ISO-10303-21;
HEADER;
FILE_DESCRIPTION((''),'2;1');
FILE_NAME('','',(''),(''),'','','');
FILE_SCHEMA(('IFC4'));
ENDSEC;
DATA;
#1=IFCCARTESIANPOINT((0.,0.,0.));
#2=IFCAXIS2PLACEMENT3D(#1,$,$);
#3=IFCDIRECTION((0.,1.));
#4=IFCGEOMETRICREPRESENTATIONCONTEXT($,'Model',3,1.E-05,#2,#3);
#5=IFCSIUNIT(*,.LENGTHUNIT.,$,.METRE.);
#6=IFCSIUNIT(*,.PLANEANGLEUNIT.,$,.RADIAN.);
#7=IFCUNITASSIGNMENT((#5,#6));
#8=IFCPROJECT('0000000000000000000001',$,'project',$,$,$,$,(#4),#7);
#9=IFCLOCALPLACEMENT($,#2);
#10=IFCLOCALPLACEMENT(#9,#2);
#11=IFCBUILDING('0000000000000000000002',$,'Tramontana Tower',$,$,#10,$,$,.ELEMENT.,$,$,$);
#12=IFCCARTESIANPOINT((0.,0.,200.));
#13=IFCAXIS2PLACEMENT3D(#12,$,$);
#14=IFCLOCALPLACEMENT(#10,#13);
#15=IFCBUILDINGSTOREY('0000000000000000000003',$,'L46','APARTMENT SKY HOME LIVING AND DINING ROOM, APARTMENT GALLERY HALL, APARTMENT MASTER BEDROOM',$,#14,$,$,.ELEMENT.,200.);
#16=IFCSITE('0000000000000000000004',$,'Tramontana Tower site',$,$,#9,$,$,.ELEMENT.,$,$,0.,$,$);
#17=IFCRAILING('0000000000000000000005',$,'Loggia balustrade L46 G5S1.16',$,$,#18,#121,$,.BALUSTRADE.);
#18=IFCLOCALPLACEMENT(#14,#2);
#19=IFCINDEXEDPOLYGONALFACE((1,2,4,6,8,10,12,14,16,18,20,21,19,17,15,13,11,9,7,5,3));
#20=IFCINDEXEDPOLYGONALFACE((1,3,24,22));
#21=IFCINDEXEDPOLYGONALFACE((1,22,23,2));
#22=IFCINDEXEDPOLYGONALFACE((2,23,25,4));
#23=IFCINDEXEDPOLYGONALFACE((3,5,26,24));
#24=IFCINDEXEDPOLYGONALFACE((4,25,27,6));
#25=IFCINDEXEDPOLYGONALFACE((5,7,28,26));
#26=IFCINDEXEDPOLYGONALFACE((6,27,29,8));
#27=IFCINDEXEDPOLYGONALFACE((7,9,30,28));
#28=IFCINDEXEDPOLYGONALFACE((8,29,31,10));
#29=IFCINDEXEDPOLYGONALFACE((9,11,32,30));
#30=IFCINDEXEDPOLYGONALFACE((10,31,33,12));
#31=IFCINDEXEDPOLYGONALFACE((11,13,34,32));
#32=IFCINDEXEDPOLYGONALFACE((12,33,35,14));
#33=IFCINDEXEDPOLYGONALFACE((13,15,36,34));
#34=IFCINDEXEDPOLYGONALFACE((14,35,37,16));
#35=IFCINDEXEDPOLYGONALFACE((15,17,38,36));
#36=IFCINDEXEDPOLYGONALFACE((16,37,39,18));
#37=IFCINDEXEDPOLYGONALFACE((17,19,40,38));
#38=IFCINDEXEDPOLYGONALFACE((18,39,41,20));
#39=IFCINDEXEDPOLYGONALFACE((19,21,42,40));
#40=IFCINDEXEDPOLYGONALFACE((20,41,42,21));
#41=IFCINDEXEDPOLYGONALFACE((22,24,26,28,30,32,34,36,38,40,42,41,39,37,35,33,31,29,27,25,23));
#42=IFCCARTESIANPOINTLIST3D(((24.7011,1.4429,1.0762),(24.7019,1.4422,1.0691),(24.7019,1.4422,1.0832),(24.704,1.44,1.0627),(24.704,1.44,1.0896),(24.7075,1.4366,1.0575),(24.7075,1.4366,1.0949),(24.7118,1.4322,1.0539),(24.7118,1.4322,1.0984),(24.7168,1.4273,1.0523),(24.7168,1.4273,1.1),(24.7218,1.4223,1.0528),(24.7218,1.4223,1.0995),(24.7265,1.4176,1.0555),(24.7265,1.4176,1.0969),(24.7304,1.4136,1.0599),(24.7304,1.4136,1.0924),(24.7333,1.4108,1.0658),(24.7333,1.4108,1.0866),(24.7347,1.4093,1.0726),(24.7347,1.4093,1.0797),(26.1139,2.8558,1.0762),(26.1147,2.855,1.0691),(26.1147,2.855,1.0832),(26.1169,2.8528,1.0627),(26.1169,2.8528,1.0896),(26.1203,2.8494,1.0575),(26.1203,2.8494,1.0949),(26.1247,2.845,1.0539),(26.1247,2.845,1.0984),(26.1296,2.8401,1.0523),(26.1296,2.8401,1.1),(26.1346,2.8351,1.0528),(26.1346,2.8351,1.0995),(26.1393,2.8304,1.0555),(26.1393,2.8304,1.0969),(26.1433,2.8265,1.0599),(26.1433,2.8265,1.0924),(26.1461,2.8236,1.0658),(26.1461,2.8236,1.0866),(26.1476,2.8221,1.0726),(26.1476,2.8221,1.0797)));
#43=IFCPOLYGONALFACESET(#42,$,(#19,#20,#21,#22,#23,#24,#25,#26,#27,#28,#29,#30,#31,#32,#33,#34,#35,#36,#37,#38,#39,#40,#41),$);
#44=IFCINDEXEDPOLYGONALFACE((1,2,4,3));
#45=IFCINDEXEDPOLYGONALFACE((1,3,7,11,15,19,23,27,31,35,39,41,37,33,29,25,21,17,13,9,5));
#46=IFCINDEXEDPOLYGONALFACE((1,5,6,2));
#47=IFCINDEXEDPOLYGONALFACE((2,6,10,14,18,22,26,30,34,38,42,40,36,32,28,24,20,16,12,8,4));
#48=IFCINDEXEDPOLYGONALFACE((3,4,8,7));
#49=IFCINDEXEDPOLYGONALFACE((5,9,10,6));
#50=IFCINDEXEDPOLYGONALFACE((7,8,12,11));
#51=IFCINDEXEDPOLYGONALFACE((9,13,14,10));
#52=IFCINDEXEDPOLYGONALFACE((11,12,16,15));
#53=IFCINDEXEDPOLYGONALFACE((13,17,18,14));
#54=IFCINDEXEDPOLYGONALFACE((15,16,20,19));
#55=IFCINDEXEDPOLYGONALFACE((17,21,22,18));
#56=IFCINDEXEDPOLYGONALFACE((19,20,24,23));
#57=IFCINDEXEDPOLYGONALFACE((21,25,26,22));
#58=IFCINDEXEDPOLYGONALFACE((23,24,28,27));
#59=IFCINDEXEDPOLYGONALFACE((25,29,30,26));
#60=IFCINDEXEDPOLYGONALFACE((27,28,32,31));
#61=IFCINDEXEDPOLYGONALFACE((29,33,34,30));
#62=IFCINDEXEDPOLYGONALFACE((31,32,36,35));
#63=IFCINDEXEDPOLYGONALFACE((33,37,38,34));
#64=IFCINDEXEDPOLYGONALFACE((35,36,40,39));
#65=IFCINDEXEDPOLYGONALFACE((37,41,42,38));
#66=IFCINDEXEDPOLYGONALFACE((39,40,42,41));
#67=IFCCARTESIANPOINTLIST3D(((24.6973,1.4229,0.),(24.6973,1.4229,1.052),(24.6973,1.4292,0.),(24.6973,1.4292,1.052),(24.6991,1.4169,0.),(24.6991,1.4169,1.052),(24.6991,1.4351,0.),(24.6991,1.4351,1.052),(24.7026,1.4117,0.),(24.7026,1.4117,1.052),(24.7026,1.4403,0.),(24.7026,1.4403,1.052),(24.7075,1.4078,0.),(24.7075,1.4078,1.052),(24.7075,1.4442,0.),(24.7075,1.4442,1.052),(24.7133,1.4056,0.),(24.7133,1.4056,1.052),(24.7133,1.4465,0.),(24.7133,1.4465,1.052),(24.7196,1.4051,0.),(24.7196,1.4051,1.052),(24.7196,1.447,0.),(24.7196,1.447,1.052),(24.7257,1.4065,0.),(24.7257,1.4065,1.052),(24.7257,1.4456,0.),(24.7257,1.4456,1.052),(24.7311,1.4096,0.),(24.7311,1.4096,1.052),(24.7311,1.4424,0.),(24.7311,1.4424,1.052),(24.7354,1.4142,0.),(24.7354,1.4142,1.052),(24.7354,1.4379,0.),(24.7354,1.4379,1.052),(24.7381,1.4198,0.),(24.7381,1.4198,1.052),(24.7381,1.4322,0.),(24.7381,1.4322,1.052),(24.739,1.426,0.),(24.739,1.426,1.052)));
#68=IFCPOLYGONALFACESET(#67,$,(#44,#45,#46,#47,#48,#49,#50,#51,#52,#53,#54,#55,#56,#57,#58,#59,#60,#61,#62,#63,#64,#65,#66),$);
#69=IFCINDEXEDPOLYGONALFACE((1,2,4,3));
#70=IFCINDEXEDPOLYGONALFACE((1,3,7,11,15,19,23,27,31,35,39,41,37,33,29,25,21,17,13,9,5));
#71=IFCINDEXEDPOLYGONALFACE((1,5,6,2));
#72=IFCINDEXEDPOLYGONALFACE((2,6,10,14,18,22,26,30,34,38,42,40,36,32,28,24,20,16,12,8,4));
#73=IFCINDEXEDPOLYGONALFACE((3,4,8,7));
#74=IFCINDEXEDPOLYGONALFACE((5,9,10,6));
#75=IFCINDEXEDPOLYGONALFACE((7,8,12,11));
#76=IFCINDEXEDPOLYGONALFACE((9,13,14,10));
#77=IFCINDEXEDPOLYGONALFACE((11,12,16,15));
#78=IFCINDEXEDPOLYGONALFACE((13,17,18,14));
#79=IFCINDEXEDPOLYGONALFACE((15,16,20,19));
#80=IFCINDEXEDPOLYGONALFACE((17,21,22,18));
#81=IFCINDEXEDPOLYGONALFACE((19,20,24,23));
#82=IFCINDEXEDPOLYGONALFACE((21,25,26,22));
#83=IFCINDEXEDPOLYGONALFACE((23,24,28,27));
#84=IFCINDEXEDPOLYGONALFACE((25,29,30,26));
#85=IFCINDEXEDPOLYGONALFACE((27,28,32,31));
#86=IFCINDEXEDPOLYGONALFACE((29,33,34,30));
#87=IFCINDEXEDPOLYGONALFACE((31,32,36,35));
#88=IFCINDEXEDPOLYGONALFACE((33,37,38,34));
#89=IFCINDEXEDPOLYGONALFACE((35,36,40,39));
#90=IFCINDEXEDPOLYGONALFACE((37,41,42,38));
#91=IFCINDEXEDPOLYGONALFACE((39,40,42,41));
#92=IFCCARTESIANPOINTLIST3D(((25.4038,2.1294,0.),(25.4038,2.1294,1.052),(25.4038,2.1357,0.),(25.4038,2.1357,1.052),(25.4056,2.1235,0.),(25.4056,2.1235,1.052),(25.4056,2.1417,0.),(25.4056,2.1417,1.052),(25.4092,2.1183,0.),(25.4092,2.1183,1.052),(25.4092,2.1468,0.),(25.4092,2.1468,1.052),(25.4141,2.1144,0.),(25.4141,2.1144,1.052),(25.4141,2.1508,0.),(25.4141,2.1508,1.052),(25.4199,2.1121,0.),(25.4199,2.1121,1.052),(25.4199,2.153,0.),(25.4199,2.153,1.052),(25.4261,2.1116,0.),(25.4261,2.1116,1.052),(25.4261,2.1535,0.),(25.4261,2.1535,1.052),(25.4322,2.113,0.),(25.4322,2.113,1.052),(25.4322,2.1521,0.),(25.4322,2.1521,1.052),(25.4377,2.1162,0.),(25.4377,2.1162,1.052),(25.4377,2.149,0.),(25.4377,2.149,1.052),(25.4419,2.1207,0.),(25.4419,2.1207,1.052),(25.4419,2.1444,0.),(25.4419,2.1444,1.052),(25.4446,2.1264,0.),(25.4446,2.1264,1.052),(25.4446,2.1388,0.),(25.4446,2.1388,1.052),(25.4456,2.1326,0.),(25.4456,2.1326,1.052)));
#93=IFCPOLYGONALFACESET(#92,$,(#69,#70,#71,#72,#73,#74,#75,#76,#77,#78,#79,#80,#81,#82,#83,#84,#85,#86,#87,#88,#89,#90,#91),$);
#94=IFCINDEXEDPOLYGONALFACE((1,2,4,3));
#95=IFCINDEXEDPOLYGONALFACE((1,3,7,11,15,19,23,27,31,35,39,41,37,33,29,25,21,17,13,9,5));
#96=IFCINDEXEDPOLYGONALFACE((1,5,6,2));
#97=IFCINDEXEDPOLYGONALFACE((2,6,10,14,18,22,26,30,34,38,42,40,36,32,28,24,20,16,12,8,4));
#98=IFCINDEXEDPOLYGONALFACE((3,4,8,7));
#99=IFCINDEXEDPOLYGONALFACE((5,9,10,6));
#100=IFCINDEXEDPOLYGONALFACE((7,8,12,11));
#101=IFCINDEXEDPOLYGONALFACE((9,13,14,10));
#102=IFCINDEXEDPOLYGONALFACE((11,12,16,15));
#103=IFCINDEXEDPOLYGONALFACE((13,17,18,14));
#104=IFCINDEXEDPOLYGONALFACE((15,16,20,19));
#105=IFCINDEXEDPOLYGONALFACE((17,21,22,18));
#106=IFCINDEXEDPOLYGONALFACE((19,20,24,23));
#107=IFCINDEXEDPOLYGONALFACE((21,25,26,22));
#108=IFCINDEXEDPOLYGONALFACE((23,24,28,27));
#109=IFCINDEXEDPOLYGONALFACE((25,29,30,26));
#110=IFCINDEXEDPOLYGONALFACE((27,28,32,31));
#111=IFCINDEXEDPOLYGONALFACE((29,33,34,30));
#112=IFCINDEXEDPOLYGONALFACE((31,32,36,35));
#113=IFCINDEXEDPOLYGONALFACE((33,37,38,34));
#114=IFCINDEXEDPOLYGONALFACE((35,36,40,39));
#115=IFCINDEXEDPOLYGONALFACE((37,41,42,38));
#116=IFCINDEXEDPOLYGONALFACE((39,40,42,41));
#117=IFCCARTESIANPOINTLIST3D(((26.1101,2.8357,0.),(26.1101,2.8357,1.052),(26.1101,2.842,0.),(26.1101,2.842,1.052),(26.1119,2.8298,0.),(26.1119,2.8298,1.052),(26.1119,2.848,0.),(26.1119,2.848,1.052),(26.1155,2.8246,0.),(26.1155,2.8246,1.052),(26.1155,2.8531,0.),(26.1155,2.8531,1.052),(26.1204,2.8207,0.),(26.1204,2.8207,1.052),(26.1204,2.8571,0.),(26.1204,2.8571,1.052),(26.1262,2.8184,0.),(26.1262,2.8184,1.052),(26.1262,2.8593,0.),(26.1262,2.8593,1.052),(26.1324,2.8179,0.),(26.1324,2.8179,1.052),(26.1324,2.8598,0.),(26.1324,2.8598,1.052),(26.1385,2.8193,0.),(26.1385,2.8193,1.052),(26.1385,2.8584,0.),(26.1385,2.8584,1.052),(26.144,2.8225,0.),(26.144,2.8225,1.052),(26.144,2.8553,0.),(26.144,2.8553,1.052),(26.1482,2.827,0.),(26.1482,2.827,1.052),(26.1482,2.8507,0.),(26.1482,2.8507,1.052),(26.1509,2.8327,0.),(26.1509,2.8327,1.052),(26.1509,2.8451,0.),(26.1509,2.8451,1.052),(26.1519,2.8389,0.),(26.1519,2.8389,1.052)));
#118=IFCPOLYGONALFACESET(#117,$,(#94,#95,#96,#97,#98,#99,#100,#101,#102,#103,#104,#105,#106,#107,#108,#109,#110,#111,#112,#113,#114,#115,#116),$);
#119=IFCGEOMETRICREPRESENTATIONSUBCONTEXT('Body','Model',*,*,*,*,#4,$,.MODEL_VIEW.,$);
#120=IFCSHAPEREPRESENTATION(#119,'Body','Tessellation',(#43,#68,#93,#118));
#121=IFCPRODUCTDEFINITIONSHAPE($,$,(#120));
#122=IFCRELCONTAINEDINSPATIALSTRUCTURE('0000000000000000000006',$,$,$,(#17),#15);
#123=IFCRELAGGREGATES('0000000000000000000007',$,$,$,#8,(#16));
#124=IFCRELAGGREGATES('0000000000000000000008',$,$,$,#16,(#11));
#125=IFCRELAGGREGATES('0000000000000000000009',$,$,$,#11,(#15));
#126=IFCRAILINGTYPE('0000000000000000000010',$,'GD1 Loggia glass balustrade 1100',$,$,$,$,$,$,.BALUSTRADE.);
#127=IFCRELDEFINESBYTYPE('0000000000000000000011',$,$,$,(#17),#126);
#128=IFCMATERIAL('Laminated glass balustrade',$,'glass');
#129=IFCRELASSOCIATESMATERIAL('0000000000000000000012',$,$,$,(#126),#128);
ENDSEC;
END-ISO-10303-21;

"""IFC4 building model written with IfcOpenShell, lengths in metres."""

from ifc_helpers import new_model, si_unit, direction, frame, origin, origin_2d, place, context, subcontext, project, spatial, circle, extrude, material, type_object, element, save


model = new_model("IFC4")

# Units and contexts
model_context = context("Model", 3, precision=1e-05, world=origin(), true_north=direction((0.0, 1.0)))
body_context = subcontext(model_context, "Body", "Model", "MODEL_VIEW")
ifc_project = project(units=[si_unit("LENGTHUNIT", "METRE"), si_unit("PLANEANGLEUNIT", "RADIAN")], contexts=[model_context])

# Site, building, storey
site_placement = place(None, origin())
site = spatial("IfcSite", under=ifc_project, at=site_placement, Name="Tramontana Tower site", CompositionType="ELEMENT", RefElevation=0.0)
building_placement = place(site_placement, origin())
building = spatial("IfcBuilding", under=site, at=building_placement, Name="Tramontana Tower", CompositionType="ELEMENT")
storey_placement = place(building_placement, frame((0.0, 0.0, 200.0)))
storey = spatial("IfcBuildingStorey", under=building, at=storey_placement, Name="L46", Description="APARTMENT SKY HOME LIVING AND DINING ROOM, APARTMENT GALLERY HALL, APARTMENT MASTER BEDROOM", CompositionType="ELEMENT", Elevation=200.0)

# Railing
ifc_material_1 = material(Name="Laminated glass balustrade", Category="glass")
railing_type = type_object("IfcRailingType", Name="GD1 Loggia glass balustrade 1100", PredefinedType="BALUSTRADE", material=ifc_material_1)
railing_1_placement = place(storey_placement, frame((24.718, 1.426, 0.0)))
element("IfcRailing", 1, at=railing_1_placement, inside=storey, type_object=railing_type, Name="Loggia balustrade L46 G5S1.16", PredefinedType="BALUSTRADE", context=body_context, shape_type="SweptSolid", body=[
    extrude(circle(Radius=0.0239, at=origin_2d()), frame((0.0, 0.0, 1.0762), z_axis=(0.707107, 0.707107, 0.0), x_axis=(-0.707107, 0.707107, 0.0)), (0.0, 0.0, 1.0), 1.998),
    extrude(circle(Radius=0.021, at=origin_2d()), origin(), (0.0, 0.0, 1.0), 1.052),
    extrude(circle(Radius=0.021, at=origin_2d()), frame((0.7065, 0.7065, 0.0)), (0.0, 0.0, 1.0), 1.052),
    extrude(circle(Radius=0.021, at=origin_2d()), frame((1.4128, 1.4128, 0.0)), (0.0, 0.0, 1.0), 1.052),
])

save(model, "model.ifc")
